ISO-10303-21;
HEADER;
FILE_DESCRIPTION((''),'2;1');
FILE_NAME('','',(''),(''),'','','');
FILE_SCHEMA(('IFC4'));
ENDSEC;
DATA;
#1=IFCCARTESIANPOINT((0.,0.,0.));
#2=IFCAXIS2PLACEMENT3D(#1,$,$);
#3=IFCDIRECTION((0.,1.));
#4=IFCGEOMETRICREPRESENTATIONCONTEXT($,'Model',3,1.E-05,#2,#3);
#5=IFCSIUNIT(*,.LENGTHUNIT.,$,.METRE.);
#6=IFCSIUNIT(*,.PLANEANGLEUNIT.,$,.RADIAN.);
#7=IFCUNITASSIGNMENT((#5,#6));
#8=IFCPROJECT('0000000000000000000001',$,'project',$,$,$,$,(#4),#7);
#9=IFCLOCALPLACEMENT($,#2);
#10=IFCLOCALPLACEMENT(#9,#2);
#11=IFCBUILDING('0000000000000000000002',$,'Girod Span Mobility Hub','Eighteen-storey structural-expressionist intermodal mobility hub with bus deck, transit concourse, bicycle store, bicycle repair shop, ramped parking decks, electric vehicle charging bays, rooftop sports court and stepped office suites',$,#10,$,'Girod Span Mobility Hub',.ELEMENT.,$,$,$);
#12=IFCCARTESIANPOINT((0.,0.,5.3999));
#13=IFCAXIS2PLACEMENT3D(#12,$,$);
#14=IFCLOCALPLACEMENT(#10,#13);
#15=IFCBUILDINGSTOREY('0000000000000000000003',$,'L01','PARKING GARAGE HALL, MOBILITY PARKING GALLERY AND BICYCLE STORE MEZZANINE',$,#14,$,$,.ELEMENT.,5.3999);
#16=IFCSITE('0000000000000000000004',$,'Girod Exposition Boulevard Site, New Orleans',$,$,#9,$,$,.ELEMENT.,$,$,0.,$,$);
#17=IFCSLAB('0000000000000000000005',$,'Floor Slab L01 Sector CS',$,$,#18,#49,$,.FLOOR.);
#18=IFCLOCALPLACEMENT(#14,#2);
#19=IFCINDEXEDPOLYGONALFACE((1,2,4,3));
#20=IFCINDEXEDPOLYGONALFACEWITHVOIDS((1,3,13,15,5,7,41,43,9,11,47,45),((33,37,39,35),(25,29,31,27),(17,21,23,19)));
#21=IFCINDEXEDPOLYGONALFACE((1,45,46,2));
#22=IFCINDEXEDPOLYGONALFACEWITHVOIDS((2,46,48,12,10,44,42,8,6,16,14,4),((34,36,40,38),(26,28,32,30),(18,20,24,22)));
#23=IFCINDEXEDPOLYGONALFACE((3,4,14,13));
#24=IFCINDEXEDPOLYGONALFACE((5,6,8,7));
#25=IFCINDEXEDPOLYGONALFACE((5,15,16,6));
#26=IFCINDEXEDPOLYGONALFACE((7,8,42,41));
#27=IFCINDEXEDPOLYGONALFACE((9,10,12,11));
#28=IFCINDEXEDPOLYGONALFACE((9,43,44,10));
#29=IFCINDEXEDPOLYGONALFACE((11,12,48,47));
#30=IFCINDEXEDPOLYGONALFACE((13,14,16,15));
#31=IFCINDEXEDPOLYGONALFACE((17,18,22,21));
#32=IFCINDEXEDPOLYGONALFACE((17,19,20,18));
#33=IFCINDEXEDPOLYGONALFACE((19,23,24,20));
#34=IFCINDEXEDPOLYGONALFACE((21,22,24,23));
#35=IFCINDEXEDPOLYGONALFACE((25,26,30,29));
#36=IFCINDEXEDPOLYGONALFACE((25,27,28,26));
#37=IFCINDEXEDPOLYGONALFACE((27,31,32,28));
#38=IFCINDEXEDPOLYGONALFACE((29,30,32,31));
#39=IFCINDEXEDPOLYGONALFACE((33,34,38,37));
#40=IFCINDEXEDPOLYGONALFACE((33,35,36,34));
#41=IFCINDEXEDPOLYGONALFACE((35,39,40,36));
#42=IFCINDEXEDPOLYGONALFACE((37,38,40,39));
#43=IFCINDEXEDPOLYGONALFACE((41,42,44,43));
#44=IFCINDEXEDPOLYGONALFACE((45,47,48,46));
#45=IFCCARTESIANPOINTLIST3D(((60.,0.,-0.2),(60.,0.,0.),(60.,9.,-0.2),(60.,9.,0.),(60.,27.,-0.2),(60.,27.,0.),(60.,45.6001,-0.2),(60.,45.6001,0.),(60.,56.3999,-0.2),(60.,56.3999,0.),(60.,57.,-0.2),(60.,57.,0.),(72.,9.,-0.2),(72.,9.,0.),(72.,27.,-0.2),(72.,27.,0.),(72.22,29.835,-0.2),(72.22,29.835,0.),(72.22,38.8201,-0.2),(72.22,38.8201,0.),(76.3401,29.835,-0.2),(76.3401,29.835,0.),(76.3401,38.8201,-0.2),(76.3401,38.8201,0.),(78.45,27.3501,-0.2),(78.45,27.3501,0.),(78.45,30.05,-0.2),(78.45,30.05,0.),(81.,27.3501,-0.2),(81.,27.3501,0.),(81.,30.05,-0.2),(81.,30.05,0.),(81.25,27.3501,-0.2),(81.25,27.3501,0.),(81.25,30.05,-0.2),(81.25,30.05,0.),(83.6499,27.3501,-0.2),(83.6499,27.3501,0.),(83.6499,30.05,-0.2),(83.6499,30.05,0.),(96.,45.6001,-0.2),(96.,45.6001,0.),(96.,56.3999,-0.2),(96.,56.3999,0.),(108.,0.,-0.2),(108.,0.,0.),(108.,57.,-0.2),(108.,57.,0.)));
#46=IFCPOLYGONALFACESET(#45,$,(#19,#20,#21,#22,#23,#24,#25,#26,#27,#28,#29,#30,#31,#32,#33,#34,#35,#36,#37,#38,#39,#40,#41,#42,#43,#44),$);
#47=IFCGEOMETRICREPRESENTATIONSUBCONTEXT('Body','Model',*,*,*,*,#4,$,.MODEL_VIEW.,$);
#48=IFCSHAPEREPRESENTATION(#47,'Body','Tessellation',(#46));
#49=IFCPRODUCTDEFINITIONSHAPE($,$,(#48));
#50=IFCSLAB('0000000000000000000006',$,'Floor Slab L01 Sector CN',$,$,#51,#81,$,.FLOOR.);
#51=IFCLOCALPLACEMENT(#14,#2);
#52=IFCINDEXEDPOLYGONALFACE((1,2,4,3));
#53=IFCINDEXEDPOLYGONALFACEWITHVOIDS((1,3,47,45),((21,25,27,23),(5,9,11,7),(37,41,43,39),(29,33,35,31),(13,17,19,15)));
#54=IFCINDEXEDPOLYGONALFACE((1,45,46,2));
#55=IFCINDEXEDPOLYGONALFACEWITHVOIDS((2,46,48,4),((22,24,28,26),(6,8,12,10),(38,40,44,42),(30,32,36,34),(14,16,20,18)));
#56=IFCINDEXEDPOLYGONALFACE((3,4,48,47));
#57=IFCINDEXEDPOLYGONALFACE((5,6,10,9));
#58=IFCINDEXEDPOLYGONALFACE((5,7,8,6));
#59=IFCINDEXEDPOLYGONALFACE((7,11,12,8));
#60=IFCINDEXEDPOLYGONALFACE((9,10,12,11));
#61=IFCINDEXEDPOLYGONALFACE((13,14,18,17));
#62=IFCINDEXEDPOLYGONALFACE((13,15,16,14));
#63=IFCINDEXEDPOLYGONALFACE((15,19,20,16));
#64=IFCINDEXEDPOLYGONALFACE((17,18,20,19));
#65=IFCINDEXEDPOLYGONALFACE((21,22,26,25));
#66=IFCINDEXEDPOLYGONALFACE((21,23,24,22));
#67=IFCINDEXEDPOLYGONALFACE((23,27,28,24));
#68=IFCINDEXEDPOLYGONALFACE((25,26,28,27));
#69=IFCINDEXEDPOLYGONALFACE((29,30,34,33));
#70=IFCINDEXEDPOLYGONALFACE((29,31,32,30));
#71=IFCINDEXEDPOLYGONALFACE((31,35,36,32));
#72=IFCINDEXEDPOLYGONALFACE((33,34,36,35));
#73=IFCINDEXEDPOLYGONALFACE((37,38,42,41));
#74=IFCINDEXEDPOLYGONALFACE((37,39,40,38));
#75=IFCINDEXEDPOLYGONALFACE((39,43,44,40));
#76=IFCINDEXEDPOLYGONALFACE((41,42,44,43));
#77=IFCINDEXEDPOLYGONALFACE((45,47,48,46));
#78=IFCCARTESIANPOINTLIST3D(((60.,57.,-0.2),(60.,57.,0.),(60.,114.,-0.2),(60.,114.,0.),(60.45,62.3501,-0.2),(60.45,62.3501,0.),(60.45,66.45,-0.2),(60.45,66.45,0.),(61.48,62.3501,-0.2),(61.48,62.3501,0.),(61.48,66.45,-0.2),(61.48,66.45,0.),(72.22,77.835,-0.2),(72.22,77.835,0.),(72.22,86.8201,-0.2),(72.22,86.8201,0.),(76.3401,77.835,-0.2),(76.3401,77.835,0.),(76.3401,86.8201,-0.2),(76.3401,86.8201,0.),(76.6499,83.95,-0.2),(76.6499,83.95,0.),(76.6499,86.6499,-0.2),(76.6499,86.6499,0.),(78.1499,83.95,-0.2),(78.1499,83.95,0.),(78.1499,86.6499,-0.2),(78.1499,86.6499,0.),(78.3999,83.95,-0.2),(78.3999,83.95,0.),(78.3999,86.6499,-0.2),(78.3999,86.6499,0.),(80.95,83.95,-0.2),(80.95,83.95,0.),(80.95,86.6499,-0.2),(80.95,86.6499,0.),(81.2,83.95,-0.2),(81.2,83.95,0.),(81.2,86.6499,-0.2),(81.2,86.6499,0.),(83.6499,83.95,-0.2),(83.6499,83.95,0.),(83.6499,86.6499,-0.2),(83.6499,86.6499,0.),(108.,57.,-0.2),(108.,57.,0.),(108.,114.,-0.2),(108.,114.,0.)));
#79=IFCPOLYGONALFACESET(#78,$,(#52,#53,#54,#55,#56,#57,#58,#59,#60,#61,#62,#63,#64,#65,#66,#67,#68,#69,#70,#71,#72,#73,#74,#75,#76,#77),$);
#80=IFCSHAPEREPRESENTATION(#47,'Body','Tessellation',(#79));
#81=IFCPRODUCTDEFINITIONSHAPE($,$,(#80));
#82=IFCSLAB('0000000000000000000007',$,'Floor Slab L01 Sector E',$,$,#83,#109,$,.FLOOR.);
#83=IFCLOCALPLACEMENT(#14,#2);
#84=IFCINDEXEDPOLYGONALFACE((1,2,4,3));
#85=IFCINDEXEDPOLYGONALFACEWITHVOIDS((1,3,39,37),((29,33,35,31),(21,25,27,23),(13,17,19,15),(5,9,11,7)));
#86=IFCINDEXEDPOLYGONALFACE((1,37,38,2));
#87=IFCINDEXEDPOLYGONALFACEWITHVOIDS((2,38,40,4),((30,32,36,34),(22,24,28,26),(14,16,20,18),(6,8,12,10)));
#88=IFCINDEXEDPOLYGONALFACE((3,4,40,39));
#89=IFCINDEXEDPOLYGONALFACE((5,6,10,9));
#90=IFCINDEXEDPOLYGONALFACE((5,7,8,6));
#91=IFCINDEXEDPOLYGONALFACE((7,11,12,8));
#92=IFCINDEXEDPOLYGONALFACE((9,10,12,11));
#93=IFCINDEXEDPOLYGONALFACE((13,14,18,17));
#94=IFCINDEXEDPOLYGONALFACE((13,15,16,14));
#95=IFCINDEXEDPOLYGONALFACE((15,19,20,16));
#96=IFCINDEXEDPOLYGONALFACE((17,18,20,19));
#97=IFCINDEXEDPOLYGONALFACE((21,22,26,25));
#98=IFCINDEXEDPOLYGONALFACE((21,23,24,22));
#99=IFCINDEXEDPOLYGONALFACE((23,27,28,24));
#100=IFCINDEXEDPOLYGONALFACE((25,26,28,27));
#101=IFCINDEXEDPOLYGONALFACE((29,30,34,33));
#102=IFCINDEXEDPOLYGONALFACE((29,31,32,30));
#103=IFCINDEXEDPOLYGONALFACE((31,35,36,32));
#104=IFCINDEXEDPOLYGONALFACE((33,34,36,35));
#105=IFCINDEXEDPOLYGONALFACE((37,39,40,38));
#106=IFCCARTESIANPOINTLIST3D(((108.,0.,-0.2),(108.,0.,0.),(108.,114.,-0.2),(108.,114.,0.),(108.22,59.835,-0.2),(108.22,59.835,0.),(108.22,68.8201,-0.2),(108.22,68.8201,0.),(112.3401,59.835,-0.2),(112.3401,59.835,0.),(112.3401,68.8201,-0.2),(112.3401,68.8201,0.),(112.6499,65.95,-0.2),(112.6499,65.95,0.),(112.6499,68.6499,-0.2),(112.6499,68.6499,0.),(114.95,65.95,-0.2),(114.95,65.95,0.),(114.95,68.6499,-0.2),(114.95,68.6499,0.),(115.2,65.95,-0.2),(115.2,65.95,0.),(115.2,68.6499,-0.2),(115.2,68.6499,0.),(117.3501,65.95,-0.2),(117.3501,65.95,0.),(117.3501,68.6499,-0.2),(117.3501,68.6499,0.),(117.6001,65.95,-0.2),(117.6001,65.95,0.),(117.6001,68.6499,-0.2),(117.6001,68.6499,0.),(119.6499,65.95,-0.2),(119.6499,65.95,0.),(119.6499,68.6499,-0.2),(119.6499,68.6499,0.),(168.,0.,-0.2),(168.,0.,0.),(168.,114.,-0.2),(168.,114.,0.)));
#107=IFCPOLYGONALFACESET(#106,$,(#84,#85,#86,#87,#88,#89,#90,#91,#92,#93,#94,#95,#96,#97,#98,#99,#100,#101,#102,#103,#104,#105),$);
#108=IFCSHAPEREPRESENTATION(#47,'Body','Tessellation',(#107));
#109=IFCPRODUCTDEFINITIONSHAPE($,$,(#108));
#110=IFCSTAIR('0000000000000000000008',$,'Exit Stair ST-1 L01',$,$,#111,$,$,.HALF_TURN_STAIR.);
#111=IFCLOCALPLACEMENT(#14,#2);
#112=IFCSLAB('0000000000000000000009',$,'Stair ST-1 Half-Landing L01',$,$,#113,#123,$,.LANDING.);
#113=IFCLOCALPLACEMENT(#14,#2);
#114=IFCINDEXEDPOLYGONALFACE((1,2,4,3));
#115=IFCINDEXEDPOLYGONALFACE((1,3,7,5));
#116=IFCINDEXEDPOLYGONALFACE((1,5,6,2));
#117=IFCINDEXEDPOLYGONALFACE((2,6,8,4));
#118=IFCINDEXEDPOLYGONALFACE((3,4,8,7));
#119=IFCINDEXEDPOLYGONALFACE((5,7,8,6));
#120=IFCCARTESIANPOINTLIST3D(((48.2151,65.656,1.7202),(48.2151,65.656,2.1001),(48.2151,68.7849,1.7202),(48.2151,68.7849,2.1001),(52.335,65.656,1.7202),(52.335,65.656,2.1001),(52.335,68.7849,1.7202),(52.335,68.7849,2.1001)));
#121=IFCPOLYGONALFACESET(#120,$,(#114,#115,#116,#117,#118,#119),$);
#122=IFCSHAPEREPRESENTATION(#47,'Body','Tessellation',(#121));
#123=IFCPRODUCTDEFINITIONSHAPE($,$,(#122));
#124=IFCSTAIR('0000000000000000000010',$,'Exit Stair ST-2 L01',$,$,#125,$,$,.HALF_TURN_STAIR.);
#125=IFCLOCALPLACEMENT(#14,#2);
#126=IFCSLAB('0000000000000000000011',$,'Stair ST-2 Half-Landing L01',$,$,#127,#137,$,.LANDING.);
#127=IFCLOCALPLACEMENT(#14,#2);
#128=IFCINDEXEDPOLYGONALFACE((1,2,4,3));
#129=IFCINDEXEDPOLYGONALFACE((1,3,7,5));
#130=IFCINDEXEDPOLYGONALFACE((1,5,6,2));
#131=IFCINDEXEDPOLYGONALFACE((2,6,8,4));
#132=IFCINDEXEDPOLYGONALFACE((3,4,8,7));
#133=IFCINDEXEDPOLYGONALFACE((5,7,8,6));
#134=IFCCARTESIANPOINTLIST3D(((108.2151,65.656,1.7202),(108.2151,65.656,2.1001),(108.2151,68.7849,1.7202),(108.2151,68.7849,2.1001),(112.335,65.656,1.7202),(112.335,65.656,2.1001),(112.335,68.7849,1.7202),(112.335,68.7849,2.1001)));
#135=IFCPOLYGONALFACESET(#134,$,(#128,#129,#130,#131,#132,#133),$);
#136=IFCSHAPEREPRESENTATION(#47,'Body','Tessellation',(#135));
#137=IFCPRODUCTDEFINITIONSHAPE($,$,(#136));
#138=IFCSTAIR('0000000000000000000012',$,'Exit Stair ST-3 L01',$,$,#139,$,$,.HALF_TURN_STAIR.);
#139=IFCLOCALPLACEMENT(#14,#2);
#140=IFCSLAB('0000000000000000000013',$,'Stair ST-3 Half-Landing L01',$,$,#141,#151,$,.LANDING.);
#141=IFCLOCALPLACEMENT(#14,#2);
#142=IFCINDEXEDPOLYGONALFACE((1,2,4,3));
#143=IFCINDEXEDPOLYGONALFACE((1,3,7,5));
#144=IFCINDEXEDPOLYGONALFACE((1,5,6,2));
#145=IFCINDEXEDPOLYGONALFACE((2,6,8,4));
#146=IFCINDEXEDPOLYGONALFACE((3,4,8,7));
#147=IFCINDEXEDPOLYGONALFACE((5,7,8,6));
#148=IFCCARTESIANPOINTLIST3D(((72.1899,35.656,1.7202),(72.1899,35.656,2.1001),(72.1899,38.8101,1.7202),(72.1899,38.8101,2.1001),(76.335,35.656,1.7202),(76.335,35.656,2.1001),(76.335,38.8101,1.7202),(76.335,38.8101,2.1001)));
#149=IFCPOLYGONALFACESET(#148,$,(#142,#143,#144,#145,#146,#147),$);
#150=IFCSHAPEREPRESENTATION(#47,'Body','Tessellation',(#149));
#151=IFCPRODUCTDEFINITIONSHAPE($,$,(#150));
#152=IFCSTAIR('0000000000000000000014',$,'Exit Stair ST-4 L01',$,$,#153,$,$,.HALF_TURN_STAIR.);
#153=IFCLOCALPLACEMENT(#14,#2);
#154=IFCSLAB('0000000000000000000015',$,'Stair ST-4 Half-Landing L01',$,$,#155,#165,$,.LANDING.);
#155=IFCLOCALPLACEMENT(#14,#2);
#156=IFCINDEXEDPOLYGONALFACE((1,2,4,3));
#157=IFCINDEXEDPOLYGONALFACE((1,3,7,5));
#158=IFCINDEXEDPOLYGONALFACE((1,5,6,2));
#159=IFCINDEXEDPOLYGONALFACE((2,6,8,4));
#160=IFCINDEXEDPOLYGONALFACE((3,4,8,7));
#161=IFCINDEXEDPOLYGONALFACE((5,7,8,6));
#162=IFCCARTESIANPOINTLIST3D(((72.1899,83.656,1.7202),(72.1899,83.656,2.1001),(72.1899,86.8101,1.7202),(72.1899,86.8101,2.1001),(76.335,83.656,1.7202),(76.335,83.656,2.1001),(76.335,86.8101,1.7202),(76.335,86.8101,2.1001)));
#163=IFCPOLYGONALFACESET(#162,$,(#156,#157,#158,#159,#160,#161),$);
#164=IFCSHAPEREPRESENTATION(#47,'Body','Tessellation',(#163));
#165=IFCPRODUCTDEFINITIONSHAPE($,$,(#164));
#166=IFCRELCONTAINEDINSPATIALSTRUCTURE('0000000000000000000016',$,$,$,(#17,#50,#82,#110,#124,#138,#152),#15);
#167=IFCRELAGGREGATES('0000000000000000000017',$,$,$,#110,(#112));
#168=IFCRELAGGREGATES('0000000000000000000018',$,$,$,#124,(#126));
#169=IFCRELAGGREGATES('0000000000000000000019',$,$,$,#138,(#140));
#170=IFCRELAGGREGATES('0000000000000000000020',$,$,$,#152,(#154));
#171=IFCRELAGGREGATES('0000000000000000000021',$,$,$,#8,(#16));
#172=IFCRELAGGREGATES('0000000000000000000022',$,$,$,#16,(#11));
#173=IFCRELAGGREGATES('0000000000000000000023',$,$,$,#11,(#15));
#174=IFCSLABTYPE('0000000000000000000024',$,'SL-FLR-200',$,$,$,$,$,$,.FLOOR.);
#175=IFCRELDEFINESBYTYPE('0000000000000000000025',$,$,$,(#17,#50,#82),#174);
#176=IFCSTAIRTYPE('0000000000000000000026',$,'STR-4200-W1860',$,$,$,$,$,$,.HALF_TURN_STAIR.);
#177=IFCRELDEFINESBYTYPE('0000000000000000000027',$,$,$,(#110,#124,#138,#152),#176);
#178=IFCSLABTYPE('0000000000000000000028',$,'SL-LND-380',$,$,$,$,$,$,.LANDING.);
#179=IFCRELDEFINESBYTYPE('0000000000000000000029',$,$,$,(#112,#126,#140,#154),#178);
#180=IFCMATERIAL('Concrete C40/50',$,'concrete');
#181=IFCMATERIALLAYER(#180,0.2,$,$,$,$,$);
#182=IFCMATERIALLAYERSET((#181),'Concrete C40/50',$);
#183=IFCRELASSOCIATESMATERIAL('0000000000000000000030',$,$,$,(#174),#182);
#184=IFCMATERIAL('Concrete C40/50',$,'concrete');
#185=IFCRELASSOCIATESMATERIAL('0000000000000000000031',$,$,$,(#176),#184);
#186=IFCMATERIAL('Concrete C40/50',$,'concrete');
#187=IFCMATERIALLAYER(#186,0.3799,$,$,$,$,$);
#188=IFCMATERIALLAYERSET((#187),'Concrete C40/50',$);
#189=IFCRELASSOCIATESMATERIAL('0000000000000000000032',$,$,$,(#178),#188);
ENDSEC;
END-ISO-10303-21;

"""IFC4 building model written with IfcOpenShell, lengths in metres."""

from ifc_helpers import new_model, si_unit, direction, frame, origin, place, context, subcontext, project, spatial, polyline, outline, extrude, material, layer, layer_set, type_object, element, aggregate, save


model = new_model("IFC4")

# Units and contexts
model_context = context("Model", 3, precision=1e-05, world=origin(), true_north=direction((0.0, 1.0)))
body_context = subcontext(model_context, "Body", "Model", "MODEL_VIEW")
ifc_project = project(units=[si_unit("LENGTHUNIT", "METRE"), si_unit("PLANEANGLEUNIT", "RADIAN")], contexts=[model_context])

# Site, building, storey
site_placement = place(None, origin())
site = spatial("IfcSite", under=ifc_project, at=site_placement, Name="Girod Exposition Boulevard Site, New Orleans", CompositionType="ELEMENT", RefElevation=0.0)
building_placement = place(site_placement, origin())
building = spatial("IfcBuilding", under=site, at=building_placement, Name="Girod Span Mobility Hub", Description="Eighteen-storey structural-expressionist intermodal mobility hub with bus deck, transit concourse, bicycle store, bicycle repair shop, ramped parking decks, electric vehicle charging bays, rooftop sports court and stepped office suites", LongName="Girod Span Mobility Hub", CompositionType="ELEMENT")
storey_placement = place(building_placement, frame((0.0, 0.0, 5.3999)))
storey = spatial("IfcBuildingStorey", under=building, at=storey_placement, Name="L01", Description="PARKING GARAGE HALL, MOBILITY PARKING GALLERY AND BICYCLE STORE MEZZANINE", CompositionType="ELEMENT", Elevation=5.3999)

# Slabs
ifc_material_1 = material(Name="Concrete C40/50", Category="concrete")
ifc_layer_1 = layer(ifc_material_1, 0.2)
ifc_layer_set_1 = layer_set([ifc_layer_1], Name="Concrete C40/50")
slab_type_1 = type_object("IfcSlabType", Name="SL-FLR-200", PredefinedType="FLOOR", material=ifc_layer_set_1)
slab_1_placement = place(storey_placement, frame((0.0, 0.0, -0.2)))
element("IfcSlab", 1, at=slab_1_placement, inside=storey, type_object=slab_type_1, Name="Floor Slab L01 Sector CS", PredefinedType="FLOOR", context=body_context, shape_type="SweptSolid", body=[
    extrude(outline(polyline([(60.0, 0.0), (60.0, 9.0), (72.0, 9.0), (72.0, 27.0), (60.0, 27.0), (60.0, 45.6001), (96.0, 45.6001), (96.0, 56.3999), (60.0, 56.3999), (60.0, 57.0), (108.0, 57.0), (108.0, 0.0), (60.0, 0.0)]), holes=[polyline([(76.3401, 38.8201), (72.22, 38.8201), (72.22, 29.835), (76.3401, 29.835), (76.3401, 38.8201)]), polyline([(78.45, 30.05), (78.45, 27.3501), (81.0, 27.3501), (81.0, 30.05), (78.45, 30.05)]), polyline([(81.25, 30.05), (81.25, 27.3501), (83.6499, 27.3501), (83.6499, 30.05), (81.25, 30.05)])]), origin(), (0.0, 0.0, 1.0), 0.2),
])
slab_2_placement = place(storey_placement, frame((0.0, 0.0, -0.2)))
element("IfcSlab", 2, at=slab_2_placement, inside=storey, type_object=slab_type_1, Name="Floor Slab L01 Sector CN", PredefinedType="FLOOR", context=body_context, shape_type="SweptSolid", body=[
    extrude(outline(polyline([(108.0, 114.0), (108.0, 57.0), (60.0, 57.0), (60.0, 114.0), (108.0, 114.0)]), holes=[polyline([(60.45, 66.45), (60.45, 62.3501), (61.48, 62.3501), (61.48, 66.45), (60.45, 66.45)]), polyline([(76.3401, 86.8201), (72.22, 86.8201), (72.22, 77.835), (76.3401, 77.835), (76.3401, 86.8201)]), polyline([(76.6499, 86.6499), (76.6499, 83.95), (78.1499, 83.95), (78.1499, 86.6499), (76.6499, 86.6499)]), polyline([(80.95, 86.6499), (78.3999, 86.6499), (78.3999, 83.95), (80.95, 83.95), (80.95, 86.6499)]), polyline([(83.6499, 86.6499), (81.2, 86.6499), (81.2, 83.95), (83.6499, 83.95), (83.6499, 86.6499)])]), origin(), (0.0, 0.0, 1.0), 0.2),
])
slab_3_placement = place(storey_placement, frame((0.0, 0.0, -0.2)))
element("IfcSlab", 3, at=slab_3_placement, inside=storey, type_object=slab_type_1, Name="Floor Slab L01 Sector E", PredefinedType="FLOOR", context=body_context, shape_type="SweptSolid", body=[
    extrude(outline(polyline([(168.0, 114.0), (168.0, 0.0), (108.0, 0.0), (108.0, 114.0), (168.0, 114.0)]), holes=[polyline([(112.3401, 68.8201), (108.22, 68.8201), (108.22, 59.835), (112.3401, 59.835), (112.3401, 68.8201)]), polyline([(114.95, 68.6499), (112.6499, 68.6499), (112.6499, 65.95), (114.95, 65.95), (114.95, 68.6499)]), polyline([(115.2, 68.6499), (115.2, 65.95), (117.3501, 65.95), (117.3501, 68.6499), (115.2, 68.6499)]), polyline([(117.6001, 68.6499), (117.6001, 65.95), (119.6499, 65.95), (119.6499, 68.6499), (117.6001, 68.6499)])]), origin(), (0.0, 0.0, 1.0), 0.2),
])

# Stairs, slabs
ifc_material_2 = material(Name="Concrete C40/50", Category="concrete")
stair_type = type_object("IfcStairType", Name="STR-4200-W1860", PredefinedType="HALF_TURN_STAIR", material=ifc_material_2)
stair_1_placement = place(storey_placement, origin())
stair_1 = element("IfcStair", 4, at=stair_1_placement, inside=storey, type_object=stair_type, Name="Exit Stair ST-1 L01", PredefinedType="HALF_TURN_STAIR")
ifc_material_3 = material(Name="Concrete C40/50", Category="concrete")
ifc_layer_2 = layer(ifc_material_3, 0.3799)
ifc_layer_set_2 = layer_set([ifc_layer_2], Name="Concrete C40/50")
slab_type_2 = type_object("IfcSlabType", Name="SL-LND-380", PredefinedType="LANDING", material=ifc_layer_set_2)
slab_4_placement = place(storey_placement, frame((0.0, 0.0, 1.7202)))
slab_4 = element("IfcSlab", 5, at=slab_4_placement, type_object=slab_type_2, Name="Stair ST-1 Half-Landing L01", PredefinedType="LANDING", context=body_context, shape_type="SweptSolid", body=[
    extrude(outline(polyline([(52.335, 65.656), (52.335, 68.7849), (48.2151, 68.7849), (48.2151, 65.656), (52.335, 65.656)])), origin(), (0.0, 0.0, 1.0), 0.3799),
])
aggregate(stair_1, [slab_4])
stair_2_placement = place(storey_placement, origin())
stair_2 = element("IfcStair", 6, at=stair_2_placement, inside=storey, type_object=stair_type, Name="Exit Stair ST-2 L01", PredefinedType="HALF_TURN_STAIR")
slab_5_placement = place(storey_placement, frame((0.0, 0.0, 1.7202)))
slab_5 = element("IfcSlab", 7, at=slab_5_placement, type_object=slab_type_2, Name="Stair ST-2 Half-Landing L01", PredefinedType="LANDING", context=body_context, shape_type="SweptSolid", body=[
    extrude(outline(polyline([(112.335, 65.656), (112.335, 68.7849), (108.2151, 68.7849), (108.2151, 65.656), (112.335, 65.656)])), origin(), (0.0, 0.0, 1.0), 0.3799),
])
aggregate(stair_2, [slab_5])
stair_3_placement = place(storey_placement, origin())
stair_3 = element("IfcStair", 8, at=stair_3_placement, inside=storey, type_object=stair_type, Name="Exit Stair ST-3 L01", PredefinedType="HALF_TURN_STAIR")
slab_6_placement = place(storey_placement, frame((0.0, 0.0, 1.7202)))
slab_6 = element("IfcSlab", 9, at=slab_6_placement, type_object=slab_type_2, Name="Stair ST-3 Half-Landing L01", PredefinedType="LANDING", context=body_context, shape_type="SweptSolid", body=[
    extrude(outline(polyline([(76.335, 35.656), (76.335, 38.8101), (72.1899, 38.8101), (72.1899, 35.656), (76.335, 35.656)])), origin(), (0.0, 0.0, 1.0), 0.3799),
])
aggregate(stair_3, [slab_6])
stair_4_placement = place(storey_placement, origin())
stair_4 = element("IfcStair", 10, at=stair_4_placement, inside=storey, type_object=stair_type, Name="Exit Stair ST-4 L01", PredefinedType="HALF_TURN_STAIR")
slab_7_placement = place(storey_placement, frame((0.0, 0.0, 1.7202)))
slab_7 = element("IfcSlab", 11, at=slab_7_placement, type_object=slab_type_2, Name="Stair ST-4 Half-Landing L01", PredefinedType="LANDING", context=body_context, shape_type="SweptSolid", body=[
    extrude(outline(polyline([(76.335, 83.656), (76.335, 86.8101), (72.1899, 86.8101), (72.1899, 83.656), (76.335, 83.656)])), origin(), (0.0, 0.0, 1.0), 0.3799),
])
aggregate(stair_4, [slab_7])

save(model, "model.ifc")
